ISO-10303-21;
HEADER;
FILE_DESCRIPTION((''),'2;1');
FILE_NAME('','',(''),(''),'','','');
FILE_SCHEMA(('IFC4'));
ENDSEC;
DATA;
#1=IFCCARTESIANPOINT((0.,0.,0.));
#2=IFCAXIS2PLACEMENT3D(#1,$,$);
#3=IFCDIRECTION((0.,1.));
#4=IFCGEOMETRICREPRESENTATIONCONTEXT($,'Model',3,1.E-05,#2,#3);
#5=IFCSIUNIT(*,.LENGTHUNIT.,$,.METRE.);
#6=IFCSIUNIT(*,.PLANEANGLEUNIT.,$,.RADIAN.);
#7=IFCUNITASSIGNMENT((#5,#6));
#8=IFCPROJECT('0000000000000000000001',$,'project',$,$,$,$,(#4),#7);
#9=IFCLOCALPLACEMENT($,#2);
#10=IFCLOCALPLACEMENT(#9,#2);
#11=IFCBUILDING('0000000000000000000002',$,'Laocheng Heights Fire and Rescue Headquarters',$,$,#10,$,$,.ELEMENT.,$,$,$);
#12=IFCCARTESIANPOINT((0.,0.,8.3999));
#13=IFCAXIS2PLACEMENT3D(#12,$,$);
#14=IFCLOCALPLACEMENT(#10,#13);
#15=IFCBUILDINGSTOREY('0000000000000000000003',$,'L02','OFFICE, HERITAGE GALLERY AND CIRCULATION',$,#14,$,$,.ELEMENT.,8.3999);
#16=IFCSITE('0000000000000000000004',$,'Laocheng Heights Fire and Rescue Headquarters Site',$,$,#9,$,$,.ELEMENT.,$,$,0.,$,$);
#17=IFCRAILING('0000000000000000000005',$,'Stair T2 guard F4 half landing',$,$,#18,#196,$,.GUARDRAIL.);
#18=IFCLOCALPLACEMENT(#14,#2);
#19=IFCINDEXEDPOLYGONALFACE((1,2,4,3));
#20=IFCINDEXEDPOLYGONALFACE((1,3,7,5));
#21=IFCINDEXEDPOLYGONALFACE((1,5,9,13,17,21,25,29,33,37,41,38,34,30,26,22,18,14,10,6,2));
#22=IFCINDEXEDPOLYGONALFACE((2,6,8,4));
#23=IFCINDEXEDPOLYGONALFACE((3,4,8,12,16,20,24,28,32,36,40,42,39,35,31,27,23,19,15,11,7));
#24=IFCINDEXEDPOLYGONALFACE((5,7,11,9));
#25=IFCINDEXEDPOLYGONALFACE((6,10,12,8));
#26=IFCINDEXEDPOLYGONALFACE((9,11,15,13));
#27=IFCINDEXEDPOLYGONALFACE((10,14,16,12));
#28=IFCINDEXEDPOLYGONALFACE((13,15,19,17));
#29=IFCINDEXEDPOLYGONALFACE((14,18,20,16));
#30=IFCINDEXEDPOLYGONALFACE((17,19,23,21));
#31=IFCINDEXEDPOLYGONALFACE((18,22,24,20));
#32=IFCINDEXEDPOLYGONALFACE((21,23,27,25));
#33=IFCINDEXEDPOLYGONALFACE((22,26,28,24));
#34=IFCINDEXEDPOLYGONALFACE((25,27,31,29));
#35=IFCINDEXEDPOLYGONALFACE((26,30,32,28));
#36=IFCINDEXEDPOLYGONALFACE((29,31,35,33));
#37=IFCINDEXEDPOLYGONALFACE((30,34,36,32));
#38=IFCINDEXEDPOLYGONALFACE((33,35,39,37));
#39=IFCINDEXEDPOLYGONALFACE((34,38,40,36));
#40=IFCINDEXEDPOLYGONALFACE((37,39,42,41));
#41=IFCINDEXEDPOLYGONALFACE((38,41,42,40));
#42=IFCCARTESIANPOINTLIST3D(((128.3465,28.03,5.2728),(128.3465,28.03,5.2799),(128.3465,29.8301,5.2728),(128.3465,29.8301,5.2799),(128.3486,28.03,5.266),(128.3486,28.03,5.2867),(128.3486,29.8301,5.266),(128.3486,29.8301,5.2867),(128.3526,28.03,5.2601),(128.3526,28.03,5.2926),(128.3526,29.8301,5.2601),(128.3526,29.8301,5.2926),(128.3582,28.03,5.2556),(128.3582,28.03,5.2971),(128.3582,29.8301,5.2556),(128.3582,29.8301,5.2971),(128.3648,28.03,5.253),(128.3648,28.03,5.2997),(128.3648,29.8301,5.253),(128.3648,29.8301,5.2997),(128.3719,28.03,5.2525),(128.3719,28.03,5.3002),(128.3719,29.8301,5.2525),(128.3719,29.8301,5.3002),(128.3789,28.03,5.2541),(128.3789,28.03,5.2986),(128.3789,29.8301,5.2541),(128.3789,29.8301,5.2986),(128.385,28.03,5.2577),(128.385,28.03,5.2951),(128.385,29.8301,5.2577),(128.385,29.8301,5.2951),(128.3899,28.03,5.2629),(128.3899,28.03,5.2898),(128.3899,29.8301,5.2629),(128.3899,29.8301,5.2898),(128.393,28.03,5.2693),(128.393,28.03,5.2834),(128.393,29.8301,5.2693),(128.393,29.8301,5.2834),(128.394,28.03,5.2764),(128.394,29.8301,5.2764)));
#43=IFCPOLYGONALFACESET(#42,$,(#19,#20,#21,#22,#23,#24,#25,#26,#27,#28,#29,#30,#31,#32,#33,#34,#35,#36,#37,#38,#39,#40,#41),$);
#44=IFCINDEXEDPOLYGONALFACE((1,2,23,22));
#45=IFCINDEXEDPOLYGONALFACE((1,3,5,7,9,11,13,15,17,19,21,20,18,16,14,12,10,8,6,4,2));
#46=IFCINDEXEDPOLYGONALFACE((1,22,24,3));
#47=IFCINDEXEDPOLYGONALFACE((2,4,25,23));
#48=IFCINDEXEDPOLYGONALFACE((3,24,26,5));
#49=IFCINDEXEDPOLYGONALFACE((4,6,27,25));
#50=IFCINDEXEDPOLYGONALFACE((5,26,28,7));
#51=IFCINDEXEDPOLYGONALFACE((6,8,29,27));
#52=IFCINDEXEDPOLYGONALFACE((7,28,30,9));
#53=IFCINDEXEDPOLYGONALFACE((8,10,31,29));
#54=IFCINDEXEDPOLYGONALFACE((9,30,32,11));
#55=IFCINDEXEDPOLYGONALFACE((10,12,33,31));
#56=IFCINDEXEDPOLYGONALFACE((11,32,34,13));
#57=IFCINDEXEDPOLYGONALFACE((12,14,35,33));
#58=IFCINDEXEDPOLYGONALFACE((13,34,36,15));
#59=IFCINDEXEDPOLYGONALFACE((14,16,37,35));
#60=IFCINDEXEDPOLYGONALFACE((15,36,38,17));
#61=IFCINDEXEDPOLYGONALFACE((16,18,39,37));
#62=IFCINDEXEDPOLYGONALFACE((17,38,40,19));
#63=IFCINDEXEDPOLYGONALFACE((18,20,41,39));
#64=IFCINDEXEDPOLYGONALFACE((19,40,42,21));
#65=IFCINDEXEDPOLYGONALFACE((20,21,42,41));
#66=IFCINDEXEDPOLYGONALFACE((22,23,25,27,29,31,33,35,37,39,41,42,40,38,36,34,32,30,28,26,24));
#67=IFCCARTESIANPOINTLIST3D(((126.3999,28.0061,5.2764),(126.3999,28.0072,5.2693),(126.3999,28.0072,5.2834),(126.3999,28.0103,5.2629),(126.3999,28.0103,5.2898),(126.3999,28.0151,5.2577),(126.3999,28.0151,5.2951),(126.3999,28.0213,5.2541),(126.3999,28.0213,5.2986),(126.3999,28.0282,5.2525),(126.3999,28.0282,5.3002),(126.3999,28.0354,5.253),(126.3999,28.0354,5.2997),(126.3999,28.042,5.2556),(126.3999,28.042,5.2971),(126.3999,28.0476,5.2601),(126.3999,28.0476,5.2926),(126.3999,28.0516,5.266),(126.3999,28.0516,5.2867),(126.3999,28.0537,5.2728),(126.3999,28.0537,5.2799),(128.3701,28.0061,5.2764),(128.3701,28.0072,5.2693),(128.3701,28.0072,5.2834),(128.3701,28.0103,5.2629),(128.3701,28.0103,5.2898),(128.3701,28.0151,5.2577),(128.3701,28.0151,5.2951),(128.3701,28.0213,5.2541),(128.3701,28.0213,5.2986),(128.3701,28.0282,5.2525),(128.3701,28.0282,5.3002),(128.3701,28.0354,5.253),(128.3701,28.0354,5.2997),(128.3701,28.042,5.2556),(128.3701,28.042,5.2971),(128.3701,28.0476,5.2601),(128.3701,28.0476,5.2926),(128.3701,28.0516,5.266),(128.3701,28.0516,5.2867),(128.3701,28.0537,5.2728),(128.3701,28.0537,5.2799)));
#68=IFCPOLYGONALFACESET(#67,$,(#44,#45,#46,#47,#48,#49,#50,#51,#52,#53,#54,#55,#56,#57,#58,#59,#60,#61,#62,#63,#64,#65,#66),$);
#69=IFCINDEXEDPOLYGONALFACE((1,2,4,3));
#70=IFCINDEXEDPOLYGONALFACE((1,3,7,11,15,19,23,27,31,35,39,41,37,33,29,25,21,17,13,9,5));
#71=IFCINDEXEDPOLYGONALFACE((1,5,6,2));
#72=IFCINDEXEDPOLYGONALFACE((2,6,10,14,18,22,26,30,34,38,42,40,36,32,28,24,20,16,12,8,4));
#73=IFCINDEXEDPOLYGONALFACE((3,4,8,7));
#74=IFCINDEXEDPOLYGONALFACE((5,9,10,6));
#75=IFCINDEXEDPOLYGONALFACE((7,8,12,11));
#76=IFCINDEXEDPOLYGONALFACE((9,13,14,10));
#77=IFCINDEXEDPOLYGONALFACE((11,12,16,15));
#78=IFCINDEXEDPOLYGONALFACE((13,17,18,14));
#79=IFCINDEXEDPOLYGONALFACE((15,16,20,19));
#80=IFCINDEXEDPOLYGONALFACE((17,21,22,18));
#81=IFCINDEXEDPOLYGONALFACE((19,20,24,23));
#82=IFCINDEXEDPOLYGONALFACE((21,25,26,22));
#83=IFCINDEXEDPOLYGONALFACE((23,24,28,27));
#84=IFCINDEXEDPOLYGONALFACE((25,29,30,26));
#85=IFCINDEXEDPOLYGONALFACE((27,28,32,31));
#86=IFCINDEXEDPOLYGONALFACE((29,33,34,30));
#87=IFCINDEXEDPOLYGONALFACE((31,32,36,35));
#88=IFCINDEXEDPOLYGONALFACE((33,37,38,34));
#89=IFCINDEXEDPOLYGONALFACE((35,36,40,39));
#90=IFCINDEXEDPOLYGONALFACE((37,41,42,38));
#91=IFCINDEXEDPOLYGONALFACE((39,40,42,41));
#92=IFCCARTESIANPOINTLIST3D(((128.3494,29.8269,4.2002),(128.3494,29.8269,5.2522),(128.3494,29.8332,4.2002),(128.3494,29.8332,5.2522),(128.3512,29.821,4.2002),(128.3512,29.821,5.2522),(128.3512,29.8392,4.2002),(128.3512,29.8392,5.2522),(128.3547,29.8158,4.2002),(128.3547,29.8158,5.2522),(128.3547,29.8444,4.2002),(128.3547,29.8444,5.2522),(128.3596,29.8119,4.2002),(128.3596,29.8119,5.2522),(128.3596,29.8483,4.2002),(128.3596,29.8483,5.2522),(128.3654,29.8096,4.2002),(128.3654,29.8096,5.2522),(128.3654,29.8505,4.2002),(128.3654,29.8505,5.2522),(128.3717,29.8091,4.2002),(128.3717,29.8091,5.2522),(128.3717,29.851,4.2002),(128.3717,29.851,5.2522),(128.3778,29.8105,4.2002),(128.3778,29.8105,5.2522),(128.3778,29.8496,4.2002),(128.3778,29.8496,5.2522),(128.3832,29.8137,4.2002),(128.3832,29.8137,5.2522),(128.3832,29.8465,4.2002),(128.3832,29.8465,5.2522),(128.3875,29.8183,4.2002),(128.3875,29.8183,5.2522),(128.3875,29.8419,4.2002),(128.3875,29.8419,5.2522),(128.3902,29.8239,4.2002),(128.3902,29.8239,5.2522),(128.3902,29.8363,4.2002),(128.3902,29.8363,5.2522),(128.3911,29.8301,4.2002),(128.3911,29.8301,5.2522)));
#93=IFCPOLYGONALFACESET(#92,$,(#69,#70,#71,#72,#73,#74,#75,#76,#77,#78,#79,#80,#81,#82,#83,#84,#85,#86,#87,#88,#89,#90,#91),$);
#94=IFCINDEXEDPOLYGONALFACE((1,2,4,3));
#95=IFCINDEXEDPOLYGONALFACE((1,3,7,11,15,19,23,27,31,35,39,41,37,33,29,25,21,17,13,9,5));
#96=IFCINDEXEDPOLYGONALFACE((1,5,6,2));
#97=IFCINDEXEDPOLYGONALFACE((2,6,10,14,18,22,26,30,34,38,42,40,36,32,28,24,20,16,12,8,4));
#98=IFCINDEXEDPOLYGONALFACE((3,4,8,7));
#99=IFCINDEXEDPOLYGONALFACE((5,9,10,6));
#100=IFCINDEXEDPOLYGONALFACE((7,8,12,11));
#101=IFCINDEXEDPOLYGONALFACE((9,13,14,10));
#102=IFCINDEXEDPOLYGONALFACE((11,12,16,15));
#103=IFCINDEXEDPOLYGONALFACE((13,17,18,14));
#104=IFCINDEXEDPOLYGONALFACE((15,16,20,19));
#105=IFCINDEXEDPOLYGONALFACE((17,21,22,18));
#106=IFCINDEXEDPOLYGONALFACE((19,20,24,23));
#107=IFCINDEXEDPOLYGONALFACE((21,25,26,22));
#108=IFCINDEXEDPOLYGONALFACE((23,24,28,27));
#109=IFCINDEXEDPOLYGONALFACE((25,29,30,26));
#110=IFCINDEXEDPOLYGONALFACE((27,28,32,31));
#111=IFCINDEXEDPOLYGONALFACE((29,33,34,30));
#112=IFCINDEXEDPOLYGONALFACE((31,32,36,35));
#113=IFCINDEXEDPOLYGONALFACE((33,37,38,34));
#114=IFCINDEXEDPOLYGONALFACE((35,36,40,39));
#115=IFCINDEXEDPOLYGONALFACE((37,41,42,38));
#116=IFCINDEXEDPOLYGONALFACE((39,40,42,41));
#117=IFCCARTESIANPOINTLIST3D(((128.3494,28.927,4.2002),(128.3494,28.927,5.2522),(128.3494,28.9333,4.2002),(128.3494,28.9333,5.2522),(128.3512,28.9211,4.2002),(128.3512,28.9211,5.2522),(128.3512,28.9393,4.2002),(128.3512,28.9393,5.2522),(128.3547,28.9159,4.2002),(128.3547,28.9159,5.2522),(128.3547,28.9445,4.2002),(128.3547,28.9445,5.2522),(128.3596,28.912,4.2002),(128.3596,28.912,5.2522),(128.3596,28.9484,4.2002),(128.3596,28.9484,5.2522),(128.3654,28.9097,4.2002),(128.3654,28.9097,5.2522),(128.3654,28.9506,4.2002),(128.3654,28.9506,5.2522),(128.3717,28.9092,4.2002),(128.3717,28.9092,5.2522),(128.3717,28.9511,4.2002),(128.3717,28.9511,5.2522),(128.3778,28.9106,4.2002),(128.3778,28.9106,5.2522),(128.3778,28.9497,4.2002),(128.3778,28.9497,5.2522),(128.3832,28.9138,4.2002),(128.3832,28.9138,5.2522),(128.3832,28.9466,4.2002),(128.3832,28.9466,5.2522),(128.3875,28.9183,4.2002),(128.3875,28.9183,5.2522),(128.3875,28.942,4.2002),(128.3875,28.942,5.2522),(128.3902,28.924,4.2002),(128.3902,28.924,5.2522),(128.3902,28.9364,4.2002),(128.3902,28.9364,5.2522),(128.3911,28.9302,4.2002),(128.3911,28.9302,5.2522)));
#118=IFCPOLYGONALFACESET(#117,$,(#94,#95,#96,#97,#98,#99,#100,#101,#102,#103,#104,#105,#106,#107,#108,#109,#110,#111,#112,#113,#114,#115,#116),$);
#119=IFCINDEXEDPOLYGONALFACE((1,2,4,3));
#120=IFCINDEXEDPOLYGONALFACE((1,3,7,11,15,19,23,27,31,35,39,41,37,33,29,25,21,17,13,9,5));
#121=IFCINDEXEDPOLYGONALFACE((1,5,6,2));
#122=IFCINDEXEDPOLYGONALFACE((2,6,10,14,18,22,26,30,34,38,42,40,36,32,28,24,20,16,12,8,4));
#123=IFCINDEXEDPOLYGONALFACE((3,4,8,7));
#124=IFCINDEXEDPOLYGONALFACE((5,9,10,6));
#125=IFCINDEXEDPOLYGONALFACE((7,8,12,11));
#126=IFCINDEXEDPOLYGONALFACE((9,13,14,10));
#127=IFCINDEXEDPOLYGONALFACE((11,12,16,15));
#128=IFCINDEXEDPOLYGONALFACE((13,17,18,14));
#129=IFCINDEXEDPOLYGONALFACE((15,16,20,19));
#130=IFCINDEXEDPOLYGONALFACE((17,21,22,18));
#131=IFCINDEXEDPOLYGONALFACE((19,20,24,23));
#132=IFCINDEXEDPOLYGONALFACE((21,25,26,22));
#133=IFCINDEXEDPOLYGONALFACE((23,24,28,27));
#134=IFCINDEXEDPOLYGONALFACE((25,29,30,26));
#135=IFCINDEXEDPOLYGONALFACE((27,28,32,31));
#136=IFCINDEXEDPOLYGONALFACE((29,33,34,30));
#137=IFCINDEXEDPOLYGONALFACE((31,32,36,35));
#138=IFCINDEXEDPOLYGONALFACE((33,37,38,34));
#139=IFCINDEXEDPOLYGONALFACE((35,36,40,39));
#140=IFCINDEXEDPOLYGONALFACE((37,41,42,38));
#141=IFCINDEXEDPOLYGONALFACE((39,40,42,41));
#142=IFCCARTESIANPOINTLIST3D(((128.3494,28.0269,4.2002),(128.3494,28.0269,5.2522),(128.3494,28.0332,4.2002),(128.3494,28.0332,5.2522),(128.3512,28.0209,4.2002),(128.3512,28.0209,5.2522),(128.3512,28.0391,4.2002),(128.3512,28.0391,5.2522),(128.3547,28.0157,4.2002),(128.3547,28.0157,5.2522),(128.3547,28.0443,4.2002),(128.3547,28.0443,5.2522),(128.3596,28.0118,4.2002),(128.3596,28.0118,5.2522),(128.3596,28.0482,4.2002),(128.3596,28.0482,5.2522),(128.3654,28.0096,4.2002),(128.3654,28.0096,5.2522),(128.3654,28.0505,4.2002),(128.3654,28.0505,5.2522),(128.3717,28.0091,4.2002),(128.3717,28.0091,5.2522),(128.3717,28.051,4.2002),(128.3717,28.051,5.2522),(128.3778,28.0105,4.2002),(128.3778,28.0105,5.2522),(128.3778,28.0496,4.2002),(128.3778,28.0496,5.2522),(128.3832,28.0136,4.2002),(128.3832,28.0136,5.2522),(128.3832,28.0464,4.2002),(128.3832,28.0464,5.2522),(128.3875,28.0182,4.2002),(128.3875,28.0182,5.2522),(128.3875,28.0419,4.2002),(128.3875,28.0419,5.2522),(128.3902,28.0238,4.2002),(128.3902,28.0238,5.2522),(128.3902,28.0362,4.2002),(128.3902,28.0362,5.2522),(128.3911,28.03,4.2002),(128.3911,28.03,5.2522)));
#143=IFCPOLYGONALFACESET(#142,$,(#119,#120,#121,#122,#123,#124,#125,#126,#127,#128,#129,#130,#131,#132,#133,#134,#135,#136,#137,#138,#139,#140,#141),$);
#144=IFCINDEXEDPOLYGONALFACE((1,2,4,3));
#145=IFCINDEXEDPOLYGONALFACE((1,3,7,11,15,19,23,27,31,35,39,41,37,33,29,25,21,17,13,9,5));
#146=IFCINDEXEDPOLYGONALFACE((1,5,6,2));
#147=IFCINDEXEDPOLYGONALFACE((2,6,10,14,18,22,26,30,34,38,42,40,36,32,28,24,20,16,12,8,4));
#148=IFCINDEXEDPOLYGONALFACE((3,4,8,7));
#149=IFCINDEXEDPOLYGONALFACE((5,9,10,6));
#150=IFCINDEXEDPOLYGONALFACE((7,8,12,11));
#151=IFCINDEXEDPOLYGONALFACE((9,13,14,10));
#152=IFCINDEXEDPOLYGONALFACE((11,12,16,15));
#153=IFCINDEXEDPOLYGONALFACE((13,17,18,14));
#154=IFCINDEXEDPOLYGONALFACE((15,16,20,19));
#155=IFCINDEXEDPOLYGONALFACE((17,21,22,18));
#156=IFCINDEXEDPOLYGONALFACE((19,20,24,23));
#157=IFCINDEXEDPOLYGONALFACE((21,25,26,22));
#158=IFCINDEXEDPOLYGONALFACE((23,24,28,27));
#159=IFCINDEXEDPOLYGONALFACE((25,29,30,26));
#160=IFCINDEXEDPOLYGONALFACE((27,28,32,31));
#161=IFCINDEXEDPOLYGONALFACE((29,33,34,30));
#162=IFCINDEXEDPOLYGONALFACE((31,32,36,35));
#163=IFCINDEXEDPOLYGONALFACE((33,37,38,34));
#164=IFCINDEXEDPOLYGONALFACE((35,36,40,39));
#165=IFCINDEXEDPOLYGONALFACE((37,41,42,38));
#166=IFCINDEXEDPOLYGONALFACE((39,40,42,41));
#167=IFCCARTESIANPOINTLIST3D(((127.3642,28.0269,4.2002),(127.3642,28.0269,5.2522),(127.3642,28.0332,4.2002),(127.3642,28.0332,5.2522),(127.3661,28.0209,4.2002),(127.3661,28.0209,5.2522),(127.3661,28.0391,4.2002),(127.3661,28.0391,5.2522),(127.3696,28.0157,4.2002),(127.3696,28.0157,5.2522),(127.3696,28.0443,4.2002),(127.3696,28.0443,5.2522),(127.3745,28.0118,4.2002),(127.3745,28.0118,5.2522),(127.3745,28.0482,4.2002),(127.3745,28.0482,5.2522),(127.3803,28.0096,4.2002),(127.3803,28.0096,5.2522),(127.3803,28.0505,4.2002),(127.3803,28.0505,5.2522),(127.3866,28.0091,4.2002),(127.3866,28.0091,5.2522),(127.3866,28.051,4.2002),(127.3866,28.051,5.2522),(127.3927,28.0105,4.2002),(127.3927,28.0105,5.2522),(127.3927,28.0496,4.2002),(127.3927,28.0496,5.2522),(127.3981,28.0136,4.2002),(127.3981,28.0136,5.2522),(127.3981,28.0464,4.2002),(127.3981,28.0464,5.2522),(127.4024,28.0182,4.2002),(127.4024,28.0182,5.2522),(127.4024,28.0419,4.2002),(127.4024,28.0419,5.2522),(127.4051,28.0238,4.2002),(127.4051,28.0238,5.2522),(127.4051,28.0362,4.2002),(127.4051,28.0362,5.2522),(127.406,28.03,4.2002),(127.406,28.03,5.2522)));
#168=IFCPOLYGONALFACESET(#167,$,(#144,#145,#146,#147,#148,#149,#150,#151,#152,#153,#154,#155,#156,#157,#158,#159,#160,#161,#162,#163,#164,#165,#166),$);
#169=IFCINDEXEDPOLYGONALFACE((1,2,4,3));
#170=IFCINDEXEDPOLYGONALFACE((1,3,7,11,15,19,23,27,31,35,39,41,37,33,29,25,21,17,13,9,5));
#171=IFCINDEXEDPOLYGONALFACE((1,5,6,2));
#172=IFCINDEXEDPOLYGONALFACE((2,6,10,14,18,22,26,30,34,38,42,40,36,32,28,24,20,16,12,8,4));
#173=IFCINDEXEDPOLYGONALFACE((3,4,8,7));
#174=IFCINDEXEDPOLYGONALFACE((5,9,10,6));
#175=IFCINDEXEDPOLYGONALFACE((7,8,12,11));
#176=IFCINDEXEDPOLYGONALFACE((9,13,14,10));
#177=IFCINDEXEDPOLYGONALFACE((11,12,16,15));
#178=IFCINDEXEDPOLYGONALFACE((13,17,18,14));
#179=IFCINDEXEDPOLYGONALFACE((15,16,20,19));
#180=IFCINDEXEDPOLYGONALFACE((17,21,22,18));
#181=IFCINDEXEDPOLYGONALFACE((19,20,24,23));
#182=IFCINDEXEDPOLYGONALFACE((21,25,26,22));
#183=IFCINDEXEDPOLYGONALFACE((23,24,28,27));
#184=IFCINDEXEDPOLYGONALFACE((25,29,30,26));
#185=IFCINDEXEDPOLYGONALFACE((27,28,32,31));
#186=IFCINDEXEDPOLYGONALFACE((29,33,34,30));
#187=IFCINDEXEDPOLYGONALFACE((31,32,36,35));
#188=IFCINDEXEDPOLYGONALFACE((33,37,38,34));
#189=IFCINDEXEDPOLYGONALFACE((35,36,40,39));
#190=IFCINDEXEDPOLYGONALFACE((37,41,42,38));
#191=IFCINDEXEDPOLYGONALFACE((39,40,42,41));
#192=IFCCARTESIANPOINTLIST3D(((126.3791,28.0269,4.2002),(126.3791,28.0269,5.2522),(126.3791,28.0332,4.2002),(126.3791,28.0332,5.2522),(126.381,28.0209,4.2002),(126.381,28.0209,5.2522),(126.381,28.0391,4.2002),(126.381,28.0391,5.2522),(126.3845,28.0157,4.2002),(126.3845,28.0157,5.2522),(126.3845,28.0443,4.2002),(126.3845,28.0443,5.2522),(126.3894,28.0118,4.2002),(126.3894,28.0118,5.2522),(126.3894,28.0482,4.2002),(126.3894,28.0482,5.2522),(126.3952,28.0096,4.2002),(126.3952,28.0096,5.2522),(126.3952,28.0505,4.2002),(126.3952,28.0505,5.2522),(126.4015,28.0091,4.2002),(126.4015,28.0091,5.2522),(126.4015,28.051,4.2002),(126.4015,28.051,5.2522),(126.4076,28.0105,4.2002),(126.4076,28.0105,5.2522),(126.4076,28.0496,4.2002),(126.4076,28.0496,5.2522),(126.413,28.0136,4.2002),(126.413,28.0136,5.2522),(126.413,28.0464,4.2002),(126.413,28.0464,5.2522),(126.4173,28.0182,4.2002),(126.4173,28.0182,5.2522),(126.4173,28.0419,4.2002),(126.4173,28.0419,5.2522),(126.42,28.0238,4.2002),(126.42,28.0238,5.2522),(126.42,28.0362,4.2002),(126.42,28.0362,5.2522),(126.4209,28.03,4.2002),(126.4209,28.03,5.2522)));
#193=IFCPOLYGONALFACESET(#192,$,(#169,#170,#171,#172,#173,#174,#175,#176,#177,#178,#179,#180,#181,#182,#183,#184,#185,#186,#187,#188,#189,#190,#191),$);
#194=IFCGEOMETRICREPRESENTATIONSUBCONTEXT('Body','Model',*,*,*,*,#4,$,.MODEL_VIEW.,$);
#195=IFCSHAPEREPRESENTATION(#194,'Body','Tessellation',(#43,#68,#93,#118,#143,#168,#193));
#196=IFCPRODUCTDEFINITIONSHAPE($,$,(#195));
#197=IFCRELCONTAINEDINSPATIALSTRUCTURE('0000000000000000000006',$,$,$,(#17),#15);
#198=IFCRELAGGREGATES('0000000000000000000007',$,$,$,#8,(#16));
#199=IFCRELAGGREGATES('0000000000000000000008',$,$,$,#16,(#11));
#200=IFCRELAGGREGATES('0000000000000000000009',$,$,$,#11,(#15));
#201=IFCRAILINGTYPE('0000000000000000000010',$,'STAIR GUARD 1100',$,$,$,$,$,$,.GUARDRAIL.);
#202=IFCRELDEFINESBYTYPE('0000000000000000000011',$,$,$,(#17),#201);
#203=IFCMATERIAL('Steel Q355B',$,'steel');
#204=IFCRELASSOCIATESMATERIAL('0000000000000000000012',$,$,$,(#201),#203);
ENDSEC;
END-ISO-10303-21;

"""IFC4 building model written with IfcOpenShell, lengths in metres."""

from ifc_helpers import new_model, si_unit, direction, frame, origin, origin_2d, place, context, subcontext, project, spatial, circle, extrude, material, type_object, element, save


model = new_model("IFC4")

# Units and contexts
model_context = context("Model", 3, precision=1e-05, world=origin(), true_north=direction((0.0, 1.0)))
body_context = subcontext(model_context, "Body", "Model", "MODEL_VIEW")
ifc_project = project(units=[si_unit("LENGTHUNIT", "METRE"), si_unit("PLANEANGLEUNIT", "RADIAN")], contexts=[model_context])

# Site, building, storey
site_placement = place(None, origin())
site = spatial("IfcSite", under=ifc_project, at=site_placement, Name="Laocheng Heights Fire and Rescue Headquarters Site", CompositionType="ELEMENT", RefElevation=0.0)
building_placement = place(site_placement, origin())
building = spatial("IfcBuilding", under=site, at=building_placement, Name="Laocheng Heights Fire and Rescue Headquarters", CompositionType="ELEMENT")
storey_placement = place(building_placement, frame((0.0, 0.0, 8.3999)))
storey = spatial("IfcBuildingStorey", under=building, at=storey_placement, Name="L02", Description="OFFICE, HERITAGE GALLERY AND CIRCULATION", CompositionType="ELEMENT", Elevation=8.3999)

# Railing
ifc_material_1 = material(Name="Steel Q355B", Category="steel")
railing_type_1 = type_object("IfcRailingType", Name="STAIR GUARD 1100", PredefinedType="GUARDRAIL", material=ifc_material_1)
railing_1_placement = place(storey_placement, frame((128.3701, 29.8301, 4.2002)))
element("IfcRailing", 1, at=railing_1_placement, inside=storey, type_object=railing_type_1, Name="Stair T2 guard F4 half landing", PredefinedType="GUARDRAIL", context=body_context, shape_type="SweptSolid", body=[
    extrude(circle(Radius=0.0239, at=origin_2d()), frame((0.0, 0.0, 1.0762), z_axis=(0.0, -1.0, 0.0), x_axis=(1.0, 0.0, 0.0)), (0.0, 0.0, 1.0), 1.8),
    extrude(circle(Radius=0.0239, at=origin_2d()), frame((0.0, -1.8, 1.0762), z_axis=(-1.0, 0.0, 0.0), x_axis=(0.0, -1.0, 0.0)), (0.0, 0.0, 1.0), 1.9702),
    extrude(circle(Radius=0.021, at=origin_2d()), origin(), (0.0, 0.0, 1.0), 1.052),
    extrude(circle(Radius=0.021, at=origin_2d()), frame((0.0, -0.8999, 0.0)), (0.0, 0.0, 1.0), 1.052),
    extrude(circle(Radius=0.021, at=origin_2d()), frame((0.0, -1.8, 0.0)), (0.0, 0.0, 1.0), 1.052),
    extrude(circle(Radius=0.021, at=origin_2d()), frame((-0.9851, -1.8, 0.0)), (0.0, 0.0, 1.0), 1.052),
    extrude(circle(Radius=0.021, at=origin_2d()), frame((-1.9702, -1.8, 0.0)), (0.0, 0.0, 1.0), 1.052),
])

save(model, "model.ifc")
